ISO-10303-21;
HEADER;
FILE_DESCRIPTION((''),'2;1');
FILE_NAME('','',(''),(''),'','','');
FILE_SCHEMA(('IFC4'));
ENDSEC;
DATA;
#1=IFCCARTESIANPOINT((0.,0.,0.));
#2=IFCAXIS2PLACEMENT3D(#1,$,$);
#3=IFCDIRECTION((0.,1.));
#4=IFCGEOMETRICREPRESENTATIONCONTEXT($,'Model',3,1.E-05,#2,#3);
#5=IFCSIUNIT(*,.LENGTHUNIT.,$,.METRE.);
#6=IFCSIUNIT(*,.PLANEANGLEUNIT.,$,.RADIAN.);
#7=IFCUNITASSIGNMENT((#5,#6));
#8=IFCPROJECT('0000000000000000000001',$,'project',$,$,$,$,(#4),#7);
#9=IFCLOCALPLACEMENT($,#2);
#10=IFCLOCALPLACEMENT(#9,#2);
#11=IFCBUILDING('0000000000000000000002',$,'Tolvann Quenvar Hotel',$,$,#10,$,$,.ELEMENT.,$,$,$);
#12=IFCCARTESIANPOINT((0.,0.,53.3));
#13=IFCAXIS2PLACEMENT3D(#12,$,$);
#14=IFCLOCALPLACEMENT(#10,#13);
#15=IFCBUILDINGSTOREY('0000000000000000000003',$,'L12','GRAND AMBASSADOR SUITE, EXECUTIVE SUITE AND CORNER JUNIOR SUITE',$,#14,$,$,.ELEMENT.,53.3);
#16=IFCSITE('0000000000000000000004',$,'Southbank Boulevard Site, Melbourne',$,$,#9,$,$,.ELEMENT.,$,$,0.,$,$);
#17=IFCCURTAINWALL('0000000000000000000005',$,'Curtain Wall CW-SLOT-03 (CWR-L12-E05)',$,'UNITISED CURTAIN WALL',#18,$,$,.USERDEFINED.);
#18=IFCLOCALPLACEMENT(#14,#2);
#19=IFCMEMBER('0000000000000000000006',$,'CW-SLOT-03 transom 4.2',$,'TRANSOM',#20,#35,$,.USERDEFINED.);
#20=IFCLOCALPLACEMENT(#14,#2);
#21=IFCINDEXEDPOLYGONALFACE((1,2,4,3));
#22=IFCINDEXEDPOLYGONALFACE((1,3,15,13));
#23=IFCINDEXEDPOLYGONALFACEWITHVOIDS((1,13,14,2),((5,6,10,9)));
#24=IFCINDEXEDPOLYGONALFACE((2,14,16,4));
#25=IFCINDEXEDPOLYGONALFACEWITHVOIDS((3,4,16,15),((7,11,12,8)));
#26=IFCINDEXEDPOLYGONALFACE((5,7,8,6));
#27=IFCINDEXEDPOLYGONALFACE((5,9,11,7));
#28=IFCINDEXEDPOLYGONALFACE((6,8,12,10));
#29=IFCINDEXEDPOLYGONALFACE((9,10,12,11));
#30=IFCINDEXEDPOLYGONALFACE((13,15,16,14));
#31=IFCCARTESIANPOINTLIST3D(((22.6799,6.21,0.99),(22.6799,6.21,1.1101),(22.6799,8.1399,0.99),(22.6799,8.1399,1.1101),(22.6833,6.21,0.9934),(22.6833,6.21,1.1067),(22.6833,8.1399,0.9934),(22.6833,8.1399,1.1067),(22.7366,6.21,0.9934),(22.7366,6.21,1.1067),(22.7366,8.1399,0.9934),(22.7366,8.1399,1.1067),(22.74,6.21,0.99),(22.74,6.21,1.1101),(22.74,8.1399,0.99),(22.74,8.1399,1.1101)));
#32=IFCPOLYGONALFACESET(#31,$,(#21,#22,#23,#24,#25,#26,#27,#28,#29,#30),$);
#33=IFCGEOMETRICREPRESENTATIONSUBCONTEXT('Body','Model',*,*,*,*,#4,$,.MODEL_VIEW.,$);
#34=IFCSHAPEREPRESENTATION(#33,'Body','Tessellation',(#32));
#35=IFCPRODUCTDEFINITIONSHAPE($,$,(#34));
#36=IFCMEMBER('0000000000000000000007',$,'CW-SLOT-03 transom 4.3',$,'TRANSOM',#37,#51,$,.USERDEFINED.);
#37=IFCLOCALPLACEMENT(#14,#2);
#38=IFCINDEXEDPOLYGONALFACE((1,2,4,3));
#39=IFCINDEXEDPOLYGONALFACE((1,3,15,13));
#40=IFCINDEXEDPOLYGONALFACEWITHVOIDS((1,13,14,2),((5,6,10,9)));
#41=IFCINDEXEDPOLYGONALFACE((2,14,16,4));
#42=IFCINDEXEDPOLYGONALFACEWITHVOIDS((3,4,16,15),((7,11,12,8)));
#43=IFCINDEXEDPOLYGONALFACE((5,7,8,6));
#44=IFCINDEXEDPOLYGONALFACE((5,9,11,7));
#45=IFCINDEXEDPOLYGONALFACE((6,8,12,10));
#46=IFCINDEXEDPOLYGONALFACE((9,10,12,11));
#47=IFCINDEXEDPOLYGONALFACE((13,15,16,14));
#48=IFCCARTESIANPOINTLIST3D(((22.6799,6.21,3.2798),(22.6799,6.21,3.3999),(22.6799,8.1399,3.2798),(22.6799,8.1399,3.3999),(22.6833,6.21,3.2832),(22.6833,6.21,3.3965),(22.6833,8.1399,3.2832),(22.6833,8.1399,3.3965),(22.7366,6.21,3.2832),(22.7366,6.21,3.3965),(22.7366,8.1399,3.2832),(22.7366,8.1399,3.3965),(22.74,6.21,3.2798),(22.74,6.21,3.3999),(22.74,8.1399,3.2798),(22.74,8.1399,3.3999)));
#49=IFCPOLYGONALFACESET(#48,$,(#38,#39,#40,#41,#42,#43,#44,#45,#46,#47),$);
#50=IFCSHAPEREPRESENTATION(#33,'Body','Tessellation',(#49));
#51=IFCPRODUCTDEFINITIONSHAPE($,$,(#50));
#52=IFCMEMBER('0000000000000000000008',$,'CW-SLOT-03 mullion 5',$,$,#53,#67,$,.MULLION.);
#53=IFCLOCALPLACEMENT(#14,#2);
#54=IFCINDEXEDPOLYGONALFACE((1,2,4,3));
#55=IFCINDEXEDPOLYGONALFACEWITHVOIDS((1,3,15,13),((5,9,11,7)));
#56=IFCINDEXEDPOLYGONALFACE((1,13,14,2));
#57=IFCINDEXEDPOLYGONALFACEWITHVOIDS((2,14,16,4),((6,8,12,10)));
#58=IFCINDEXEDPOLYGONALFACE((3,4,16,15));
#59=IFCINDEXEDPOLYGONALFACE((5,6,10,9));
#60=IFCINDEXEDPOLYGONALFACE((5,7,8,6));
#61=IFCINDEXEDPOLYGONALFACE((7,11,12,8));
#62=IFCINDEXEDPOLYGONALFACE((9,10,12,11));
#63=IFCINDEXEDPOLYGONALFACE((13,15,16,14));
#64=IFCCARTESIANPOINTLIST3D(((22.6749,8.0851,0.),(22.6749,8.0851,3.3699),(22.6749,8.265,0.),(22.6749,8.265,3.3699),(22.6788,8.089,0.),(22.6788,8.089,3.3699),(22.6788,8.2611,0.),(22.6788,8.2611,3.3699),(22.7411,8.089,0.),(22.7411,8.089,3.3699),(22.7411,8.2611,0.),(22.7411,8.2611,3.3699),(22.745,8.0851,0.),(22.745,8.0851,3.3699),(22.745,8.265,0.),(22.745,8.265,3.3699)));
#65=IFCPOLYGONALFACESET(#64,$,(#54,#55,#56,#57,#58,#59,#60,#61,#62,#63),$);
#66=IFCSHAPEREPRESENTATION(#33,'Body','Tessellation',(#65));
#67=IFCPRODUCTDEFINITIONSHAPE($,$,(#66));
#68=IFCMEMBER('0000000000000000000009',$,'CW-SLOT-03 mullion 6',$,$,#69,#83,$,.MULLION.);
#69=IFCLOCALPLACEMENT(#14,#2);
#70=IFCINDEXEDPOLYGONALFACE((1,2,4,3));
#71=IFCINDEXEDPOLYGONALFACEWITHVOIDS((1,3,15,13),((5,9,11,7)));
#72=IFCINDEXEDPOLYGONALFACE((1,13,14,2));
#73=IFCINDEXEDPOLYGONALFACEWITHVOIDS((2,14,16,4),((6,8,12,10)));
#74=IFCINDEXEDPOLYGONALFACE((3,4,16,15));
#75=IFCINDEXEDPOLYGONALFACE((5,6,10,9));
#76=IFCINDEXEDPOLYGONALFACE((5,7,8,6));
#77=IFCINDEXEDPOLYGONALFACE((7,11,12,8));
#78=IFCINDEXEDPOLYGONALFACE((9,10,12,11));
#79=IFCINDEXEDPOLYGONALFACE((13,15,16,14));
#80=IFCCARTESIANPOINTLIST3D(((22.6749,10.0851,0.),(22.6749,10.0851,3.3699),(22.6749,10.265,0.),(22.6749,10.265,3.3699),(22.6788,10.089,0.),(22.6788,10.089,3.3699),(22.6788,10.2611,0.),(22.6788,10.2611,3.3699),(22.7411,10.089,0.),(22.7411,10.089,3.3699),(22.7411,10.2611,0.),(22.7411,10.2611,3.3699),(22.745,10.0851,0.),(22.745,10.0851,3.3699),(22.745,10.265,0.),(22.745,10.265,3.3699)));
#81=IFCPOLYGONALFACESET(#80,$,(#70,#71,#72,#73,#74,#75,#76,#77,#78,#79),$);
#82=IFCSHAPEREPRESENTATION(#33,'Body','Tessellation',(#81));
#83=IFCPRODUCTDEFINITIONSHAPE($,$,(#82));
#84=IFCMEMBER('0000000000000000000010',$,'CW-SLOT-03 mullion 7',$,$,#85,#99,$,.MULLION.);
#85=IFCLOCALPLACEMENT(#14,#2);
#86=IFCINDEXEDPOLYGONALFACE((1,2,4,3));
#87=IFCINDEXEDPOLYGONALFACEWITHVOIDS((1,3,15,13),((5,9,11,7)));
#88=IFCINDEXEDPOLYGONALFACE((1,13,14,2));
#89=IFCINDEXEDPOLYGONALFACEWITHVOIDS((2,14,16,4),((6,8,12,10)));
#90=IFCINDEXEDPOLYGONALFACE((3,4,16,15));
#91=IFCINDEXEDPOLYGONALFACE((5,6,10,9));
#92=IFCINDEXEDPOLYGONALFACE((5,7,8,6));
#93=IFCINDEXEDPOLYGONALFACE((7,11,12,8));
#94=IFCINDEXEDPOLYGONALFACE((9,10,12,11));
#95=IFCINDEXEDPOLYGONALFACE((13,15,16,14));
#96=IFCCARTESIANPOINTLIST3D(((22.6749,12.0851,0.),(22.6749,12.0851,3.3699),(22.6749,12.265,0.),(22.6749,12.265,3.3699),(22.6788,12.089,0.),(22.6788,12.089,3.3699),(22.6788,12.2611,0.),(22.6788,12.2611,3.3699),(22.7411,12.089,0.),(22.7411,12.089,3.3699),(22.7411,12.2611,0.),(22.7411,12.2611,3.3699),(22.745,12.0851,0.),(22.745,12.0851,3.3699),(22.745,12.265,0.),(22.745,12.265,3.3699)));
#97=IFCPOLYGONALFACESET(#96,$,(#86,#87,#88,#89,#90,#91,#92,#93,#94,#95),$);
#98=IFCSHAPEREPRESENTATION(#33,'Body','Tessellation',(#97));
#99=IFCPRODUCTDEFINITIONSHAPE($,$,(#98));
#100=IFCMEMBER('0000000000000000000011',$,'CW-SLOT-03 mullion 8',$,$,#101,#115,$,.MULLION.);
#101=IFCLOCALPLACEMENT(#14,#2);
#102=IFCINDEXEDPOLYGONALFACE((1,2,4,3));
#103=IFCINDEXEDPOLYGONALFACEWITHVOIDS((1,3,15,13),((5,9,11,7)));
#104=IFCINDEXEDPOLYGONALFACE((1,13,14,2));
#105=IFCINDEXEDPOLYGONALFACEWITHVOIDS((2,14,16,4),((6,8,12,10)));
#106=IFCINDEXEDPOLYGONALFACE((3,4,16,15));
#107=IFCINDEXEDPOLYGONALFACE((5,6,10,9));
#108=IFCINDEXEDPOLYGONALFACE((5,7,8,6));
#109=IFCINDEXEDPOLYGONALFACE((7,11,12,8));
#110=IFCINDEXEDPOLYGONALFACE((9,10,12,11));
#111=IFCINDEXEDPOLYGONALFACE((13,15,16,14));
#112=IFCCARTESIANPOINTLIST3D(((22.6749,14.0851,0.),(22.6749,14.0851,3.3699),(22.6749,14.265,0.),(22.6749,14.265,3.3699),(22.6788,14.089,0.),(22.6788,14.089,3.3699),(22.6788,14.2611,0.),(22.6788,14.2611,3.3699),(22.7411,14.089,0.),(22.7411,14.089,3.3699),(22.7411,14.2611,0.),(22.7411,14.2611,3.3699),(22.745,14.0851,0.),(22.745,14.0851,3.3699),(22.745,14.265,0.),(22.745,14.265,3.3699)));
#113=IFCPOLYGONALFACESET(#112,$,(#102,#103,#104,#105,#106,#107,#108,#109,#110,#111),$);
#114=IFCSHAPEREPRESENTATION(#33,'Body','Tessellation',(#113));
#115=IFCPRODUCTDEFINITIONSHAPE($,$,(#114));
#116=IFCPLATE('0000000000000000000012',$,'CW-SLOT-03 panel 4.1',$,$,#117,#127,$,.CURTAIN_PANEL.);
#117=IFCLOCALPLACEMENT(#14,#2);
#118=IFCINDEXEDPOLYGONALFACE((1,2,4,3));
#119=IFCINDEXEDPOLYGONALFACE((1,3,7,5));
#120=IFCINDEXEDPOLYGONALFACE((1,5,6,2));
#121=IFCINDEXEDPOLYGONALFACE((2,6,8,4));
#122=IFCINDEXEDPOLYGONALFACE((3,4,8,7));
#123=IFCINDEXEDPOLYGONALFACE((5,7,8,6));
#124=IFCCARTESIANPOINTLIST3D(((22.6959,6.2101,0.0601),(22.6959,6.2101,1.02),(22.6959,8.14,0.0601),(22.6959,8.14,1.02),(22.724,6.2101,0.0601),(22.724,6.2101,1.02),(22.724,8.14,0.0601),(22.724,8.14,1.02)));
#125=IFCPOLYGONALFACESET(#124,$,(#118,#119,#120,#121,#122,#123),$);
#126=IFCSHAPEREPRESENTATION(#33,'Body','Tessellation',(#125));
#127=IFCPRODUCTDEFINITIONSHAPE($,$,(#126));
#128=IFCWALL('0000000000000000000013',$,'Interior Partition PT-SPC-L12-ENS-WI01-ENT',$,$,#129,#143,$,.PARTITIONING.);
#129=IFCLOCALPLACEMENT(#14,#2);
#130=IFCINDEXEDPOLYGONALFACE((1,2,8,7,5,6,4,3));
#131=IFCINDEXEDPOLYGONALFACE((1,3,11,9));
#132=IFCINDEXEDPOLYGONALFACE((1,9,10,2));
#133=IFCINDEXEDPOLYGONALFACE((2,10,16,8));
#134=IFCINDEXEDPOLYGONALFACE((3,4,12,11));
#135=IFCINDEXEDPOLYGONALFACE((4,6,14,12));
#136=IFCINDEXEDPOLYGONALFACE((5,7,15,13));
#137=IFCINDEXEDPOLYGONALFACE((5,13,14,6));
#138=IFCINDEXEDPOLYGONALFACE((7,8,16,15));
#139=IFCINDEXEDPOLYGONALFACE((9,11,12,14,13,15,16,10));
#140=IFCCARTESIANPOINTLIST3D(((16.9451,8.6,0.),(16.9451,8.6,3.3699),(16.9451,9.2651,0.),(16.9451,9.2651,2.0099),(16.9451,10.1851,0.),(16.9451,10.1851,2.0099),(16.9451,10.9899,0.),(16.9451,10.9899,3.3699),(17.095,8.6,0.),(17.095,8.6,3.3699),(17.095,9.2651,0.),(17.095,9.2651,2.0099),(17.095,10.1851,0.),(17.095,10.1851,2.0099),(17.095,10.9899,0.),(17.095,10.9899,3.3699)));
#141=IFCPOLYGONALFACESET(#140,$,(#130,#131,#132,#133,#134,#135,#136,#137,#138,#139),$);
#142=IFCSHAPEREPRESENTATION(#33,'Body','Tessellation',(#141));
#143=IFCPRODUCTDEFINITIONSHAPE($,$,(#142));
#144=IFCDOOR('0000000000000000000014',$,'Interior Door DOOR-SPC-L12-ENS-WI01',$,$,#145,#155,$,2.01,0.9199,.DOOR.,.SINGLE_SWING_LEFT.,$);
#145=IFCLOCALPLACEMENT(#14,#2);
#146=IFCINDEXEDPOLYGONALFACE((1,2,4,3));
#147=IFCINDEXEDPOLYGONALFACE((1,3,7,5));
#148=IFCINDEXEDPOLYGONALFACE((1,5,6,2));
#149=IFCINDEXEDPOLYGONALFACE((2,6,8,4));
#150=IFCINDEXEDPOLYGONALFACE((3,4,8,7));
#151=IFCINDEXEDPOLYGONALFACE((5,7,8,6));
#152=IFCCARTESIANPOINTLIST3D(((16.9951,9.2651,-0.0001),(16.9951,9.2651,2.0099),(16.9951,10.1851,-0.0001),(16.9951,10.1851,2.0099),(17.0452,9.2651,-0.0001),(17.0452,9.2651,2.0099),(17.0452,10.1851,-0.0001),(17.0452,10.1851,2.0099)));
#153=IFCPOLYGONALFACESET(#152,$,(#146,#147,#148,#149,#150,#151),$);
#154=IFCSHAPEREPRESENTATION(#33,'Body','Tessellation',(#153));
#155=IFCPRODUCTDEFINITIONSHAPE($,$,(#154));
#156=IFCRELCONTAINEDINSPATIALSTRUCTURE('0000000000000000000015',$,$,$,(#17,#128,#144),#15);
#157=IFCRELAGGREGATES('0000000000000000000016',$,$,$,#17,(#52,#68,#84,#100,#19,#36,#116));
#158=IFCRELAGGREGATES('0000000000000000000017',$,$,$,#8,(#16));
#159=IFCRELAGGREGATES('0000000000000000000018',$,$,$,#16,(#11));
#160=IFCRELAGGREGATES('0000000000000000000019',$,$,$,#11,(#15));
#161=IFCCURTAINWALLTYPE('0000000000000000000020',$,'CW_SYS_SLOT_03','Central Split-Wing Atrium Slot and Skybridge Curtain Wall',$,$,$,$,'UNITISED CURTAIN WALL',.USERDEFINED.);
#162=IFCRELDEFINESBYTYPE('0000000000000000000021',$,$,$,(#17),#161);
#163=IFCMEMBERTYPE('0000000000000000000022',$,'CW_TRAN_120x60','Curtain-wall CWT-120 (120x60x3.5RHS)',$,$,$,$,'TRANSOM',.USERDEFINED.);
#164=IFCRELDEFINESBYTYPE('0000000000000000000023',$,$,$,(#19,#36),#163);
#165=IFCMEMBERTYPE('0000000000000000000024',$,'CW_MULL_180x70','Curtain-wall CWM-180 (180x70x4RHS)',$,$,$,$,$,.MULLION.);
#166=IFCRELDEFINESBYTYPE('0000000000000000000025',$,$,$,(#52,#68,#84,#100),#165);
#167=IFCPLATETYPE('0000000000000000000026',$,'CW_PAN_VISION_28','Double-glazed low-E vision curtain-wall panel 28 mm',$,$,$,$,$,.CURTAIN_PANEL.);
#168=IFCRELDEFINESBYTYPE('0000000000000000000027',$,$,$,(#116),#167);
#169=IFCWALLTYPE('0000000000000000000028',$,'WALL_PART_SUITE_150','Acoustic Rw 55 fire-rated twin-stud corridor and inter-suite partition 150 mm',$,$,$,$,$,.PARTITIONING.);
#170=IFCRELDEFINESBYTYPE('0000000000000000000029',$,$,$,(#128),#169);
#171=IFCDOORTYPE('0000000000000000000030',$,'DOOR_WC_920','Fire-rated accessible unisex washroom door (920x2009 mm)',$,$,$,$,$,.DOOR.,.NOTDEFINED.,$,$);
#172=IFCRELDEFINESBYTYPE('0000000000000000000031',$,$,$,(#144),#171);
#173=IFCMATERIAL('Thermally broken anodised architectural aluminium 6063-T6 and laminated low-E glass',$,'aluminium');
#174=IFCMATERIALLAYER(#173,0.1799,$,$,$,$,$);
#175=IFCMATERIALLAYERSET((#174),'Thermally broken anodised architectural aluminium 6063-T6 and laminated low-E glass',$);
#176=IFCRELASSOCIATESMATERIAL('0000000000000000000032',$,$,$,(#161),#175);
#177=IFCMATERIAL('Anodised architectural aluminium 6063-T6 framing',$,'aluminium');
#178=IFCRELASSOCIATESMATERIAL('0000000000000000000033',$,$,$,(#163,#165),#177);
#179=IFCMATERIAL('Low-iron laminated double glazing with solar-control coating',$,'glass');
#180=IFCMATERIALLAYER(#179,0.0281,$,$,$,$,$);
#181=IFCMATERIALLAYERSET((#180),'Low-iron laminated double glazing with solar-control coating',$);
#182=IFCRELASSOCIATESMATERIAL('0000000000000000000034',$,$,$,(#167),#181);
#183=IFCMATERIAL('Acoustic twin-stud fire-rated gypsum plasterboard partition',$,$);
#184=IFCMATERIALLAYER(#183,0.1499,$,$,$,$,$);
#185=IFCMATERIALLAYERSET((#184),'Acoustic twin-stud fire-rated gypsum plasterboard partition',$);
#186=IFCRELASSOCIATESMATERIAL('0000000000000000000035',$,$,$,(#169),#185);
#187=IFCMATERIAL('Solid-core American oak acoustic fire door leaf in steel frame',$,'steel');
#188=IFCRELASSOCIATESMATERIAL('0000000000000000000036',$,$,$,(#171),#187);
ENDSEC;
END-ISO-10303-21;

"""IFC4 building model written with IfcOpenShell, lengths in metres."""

from ifc_helpers import new_model, si_unit, direction, frame, frame_2d, origin, origin_2d, place, context, subcontext, project, spatial, rectangle, hollow_rectangle, extrude, source, transform, mapped, material, layer, layer_set, material_profile, profile_set, type_object, type_shapes, element, fill, aggregate, save


model = new_model("IFC4")

# Units and contexts
model_context = context("Model", 3, precision=1e-05, world=origin(), true_north=direction((0.0, 1.0)))
body_context = subcontext(model_context, "Body", "Model", "MODEL_VIEW")
ifc_project = project(units=[si_unit("LENGTHUNIT", "METRE"), si_unit("PLANEANGLEUNIT", "RADIAN")], contexts=[model_context])

# Site, building, storey
site_placement = place(None, origin())
site = spatial("IfcSite", under=ifc_project, at=site_placement, Name="Southbank Boulevard Site, Melbourne", CompositionType="ELEMENT", RefElevation=0.0)
building_placement = place(site_placement, origin())
building = spatial("IfcBuilding", under=site, at=building_placement, Name="Tolvann Quenvar Hotel", CompositionType="ELEMENT")
storey_placement = place(building_placement, frame((0.0, 0.0, 53.3)))
storey = spatial("IfcBuildingStorey", under=building, at=storey_placement, Name="L12", Description="GRAND AMBASSADOR SUITE, EXECUTIVE SUITE AND CORNER JUNIOR SUITE", CompositionType="ELEMENT", Elevation=53.3)

# Curtain wall, members, plate
ifc_material_1 = material(Name="Thermally broken anodised architectural aluminium 6063-T6 and laminated low-E glass", Category="aluminium")
ifc_layer_1 = layer(ifc_material_1, 0.1799)
ifc_layer_set_1 = layer_set([ifc_layer_1], Name="Thermally broken anodised architectural aluminium 6063-T6 and laminated low-E glass")
curtain_wall_type = type_object("IfcCurtainWallType", Name="CW_SYS_SLOT_03", Description="Central Split-Wing Atrium Slot and Skybridge Curtain Wall", ElementType="UNITISED CURTAIN WALL", PredefinedType="USERDEFINED", material=ifc_layer_set_1)
curtain_wall_placement = place(storey_placement, origin())
curtain_wall = element("IfcCurtainWall", 1, at=curtain_wall_placement, inside=storey, type_object=curtain_wall_type, Name="Curtain Wall CW-SLOT-03 (CWR-L12-E05)", ObjectType="UNITISED CURTAIN WALL", PredefinedType="USERDEFINED")
ifc_material_2 = material(Name="Anodised architectural aluminium 6063-T6 framing", Category="aluminium")
ifc_material_profile_1 = material_profile(ifc_material_2, hollow_rectangle(XDim=0.0601, YDim=0.1201, WallThickness=0.0034, at=origin_2d()), Name="120x60x3.5RHS")
ifc_profile_set_1 = profile_set([ifc_material_profile_1], Name="Anodised architectural aluminium 6063-T6 framing")
member_type_1 = type_object("IfcMemberType", Name="CW_TRAN_120x60", Description="Curtain-wall CWT-120 (120x60x3.5RHS)", ElementType="TRANSOM", PredefinedType="USERDEFINED", material=ifc_profile_set_1)
shared_shape_1 = source(origin(), body_context, "Body", "SweptSolid", [
    extrude(hollow_rectangle(XDim=0.0601, YDim=0.1201, WallThickness=0.0034, at=origin_2d()), origin(), (0.0, 0.0, 1.0), 1.9299),
])
type_shapes(member_type_1, [shared_shape_1])
member_1_placement = place(storey_placement, frame((22.71, 6.21, 1.05), z_axis=(0.0, 1.0, 0.0), x_axis=(-1.0, 0.0, 0.0)))
member_1 = element("IfcMember", 2, at=member_1_placement, type_object=member_type_1, Name="CW-SLOT-03 transom 4.2", ObjectType="TRANSOM", PredefinedType="USERDEFINED", context=body_context, shape_type="MappedRepresentation", body=[
    mapped(shared_shape_1, transform((0.0, 0.0, 0.0), x_axis=(1.0, 0.0, 0.0), y_axis=(0.0, 1.0, 0.0), z_axis=(0.0, 0.0, 1.0), scale=1.0)),
])
member_2_placement = place(storey_placement, frame((22.71, 6.21, 3.3398), z_axis=(0.0, 1.0, 0.0), x_axis=(-1.0, 0.0, 0.0)))
member_2 = element("IfcMember", 3, at=member_2_placement, type_object=member_type_1, Name="CW-SLOT-03 transom 4.3", ObjectType="TRANSOM", PredefinedType="USERDEFINED", context=body_context, shape_type="MappedRepresentation", body=[
    mapped(shared_shape_1, transform((0.0, 0.0, 0.0), x_axis=(1.0, 0.0, 0.0), y_axis=(0.0, 1.0, 0.0), z_axis=(0.0, 0.0, 1.0), scale=1.0)),
])
ifc_material_profile_2 = material_profile(ifc_material_2, hollow_rectangle(XDim=0.0701, YDim=0.1799, WallThickness=0.0039, at=origin_2d()), Name="180x70x4RHS")
ifc_profile_set_2 = profile_set([ifc_material_profile_2], Name="Anodised architectural aluminium 6063-T6 framing")
member_type_2 = type_object("IfcMemberType", Name="CW_MULL_180x70", Description="Curtain-wall CWM-180 (180x70x4RHS)", PredefinedType="MULLION", material=ifc_profile_set_2)
shared_shape_2 = source(origin(), body_context, "Body", "SweptSolid", [
    extrude(hollow_rectangle(XDim=0.0701, YDim=0.1799, WallThickness=0.0039, at=origin_2d()), origin(), (0.0, 0.0, 1.0), 3.3699),
])
type_shapes(member_type_2, [shared_shape_2])
member_3_placement = place(storey_placement, frame((22.71, 8.175, 0.0), z_axis=(0.0, 0.0, 1.0), x_axis=(-1.0, 0.0, 0.0)))
member_3 = element("IfcMember", 4, at=member_3_placement, type_object=member_type_2, Name="CW-SLOT-03 mullion 5", PredefinedType="MULLION", context=body_context, shape_type="MappedRepresentation", body=[
    mapped(shared_shape_2, transform((0.0, 0.0, 0.0), x_axis=(1.0, 0.0, 0.0), y_axis=(0.0, 1.0, 0.0), z_axis=(0.0, 0.0, 1.0), scale=1.0)),
])
member_4_placement = place(storey_placement, frame((22.71, 10.175, 0.0), z_axis=(0.0, 0.0, 1.0), x_axis=(-1.0, 0.0, 0.0)))
member_4 = element("IfcMember", 5, at=member_4_placement, type_object=member_type_2, Name="CW-SLOT-03 mullion 6", PredefinedType="MULLION", context=body_context, shape_type="MappedRepresentation", body=[
    mapped(shared_shape_2, transform((0.0, 0.0, 0.0), x_axis=(1.0, 0.0, 0.0), y_axis=(0.0, 1.0, 0.0), z_axis=(0.0, 0.0, 1.0), scale=1.0)),
])
member_5_placement = place(storey_placement, frame((22.71, 12.175, 0.0), z_axis=(0.0, 0.0, 1.0), x_axis=(-1.0, 0.0, 0.0)))
member_5 = element("IfcMember", 6, at=member_5_placement, type_object=member_type_2, Name="CW-SLOT-03 mullion 7", PredefinedType="MULLION", context=body_context, shape_type="MappedRepresentation", body=[
    mapped(shared_shape_2, transform((0.0, 0.0, 0.0), x_axis=(1.0, 0.0, 0.0), y_axis=(0.0, 1.0, 0.0), z_axis=(0.0, 0.0, 1.0), scale=1.0)),
])
member_6_placement = place(storey_placement, frame((22.71, 14.175, 0.0), z_axis=(0.0, 0.0, 1.0), x_axis=(-1.0, 0.0, 0.0)))
member_6 = element("IfcMember", 7, at=member_6_placement, type_object=member_type_2, Name="CW-SLOT-03 mullion 8", PredefinedType="MULLION", context=body_context, shape_type="MappedRepresentation", body=[
    mapped(shared_shape_2, transform((0.0, 0.0, 0.0), x_axis=(1.0, 0.0, 0.0), y_axis=(0.0, 1.0, 0.0), z_axis=(0.0, 0.0, 1.0), scale=1.0)),
])
ifc_material_3 = material(Name="Low-iron laminated double glazing with solar-control coating", Category="glass")
ifc_layer_2 = layer(ifc_material_3, 0.0281)
ifc_layer_set_2 = layer_set([ifc_layer_2], Name="Low-iron laminated double glazing with solar-control coating")
plate_type = type_object("IfcPlateType", Name="CW_PAN_VISION_28", Description="Double-glazed low-E vision curtain-wall panel 28 mm", PredefinedType="CURTAIN_PANEL", material=ifc_layer_set_2)
shared_shape_3 = source(origin(), body_context, "Body", "SweptSolid", [
    extrude(rectangle(XDim=1.9299, YDim=0.0281, at=origin_2d()), origin(), (0.0, 0.0, 1.0), 0.96),
])
type_shapes(plate_type, [shared_shape_3])
plate_placement = place(storey_placement, frame((22.71, 7.175, 0.0601), z_axis=(0.0, 0.0, 1.0), x_axis=(0.0, 1.0, 0.0)))
plate = element("IfcPlate", 8, at=plate_placement, type_object=plate_type, Name="CW-SLOT-03 panel 4.1", PredefinedType="CURTAIN_PANEL", context=body_context, shape_type="MappedRepresentation", body=[
    mapped(shared_shape_3, transform((0.0, 0.0, 0.0), x_axis=(1.0, 0.0, 0.0), y_axis=(0.0, 1.0, 0.0), z_axis=(0.0, 0.0, 1.0), scale=1.0)),
])
aggregate(curtain_wall, [member_3, member_4, member_5, member_6, member_1, member_2, plate])

# Wall, opening, door
ifc_material_4 = material(Name="Acoustic twin-stud fire-rated gypsum plasterboard partition")
ifc_layer_3 = layer(ifc_material_4, 0.1499)
ifc_layer_set_3 = layer_set([ifc_layer_3], Name="Acoustic twin-stud fire-rated gypsum plasterboard partition")
wall_type = type_object("IfcWallType", Name="WALL_PART_SUITE_150", Description="Acoustic Rw 55 fire-rated twin-stud corridor and inter-suite partition 150 mm", PredefinedType="PARTITIONING", material=ifc_layer_set_3)
wall_1_placement = place(storey_placement, frame((17.02, 8.6001, 0.0), z_axis=(0.0, 0.0, 1.0), x_axis=(0.0, 1.0, 0.0)))
wall_1 = element("IfcWall", 9, at=wall_1_placement, inside=storey, type_object=wall_type, Name="Interior Partition PT-SPC-L12-ENS-WI01-ENT", PredefinedType="PARTITIONING", context=body_context, shape_type="SweptSolid", body=[
    extrude(rectangle(XDim=2.3899, YDim=0.1499, at=frame_2d((1.1948, 0.0))), origin(), (0.0, 0.0, 1.0), 3.3699),
])
opening_1_placement = place(wall_1_placement, frame((0.665, 0.0, 0.0)))
opening_1 = element("IfcOpeningElement", 10, at=opening_1_placement, cuts=wall_1, PredefinedType="OPENING", context=body_context, shape_type="SweptSolid", body=[
    extrude(rectangle(XDim=0.9199, YDim=2.01, at=frame_2d((0.46, 1.0049))), frame((0.0, 0.085, 0.0), z_axis=(0.0, -1.0, 0.0), x_axis=(1.0, 0.0, 0.0)), (0.0, 0.0, 1.0), 0.1699),
])
ifc_material_5 = material(Name="Solid-core American oak acoustic fire door leaf in steel frame", Category="steel")
door_type = type_object("IfcDoorType", Name="DOOR_WC_920", Description="Fire-rated accessible unisex washroom door (920x2009 mm)", OperationType="NOTDEFINED", PredefinedType="DOOR", material=ifc_material_5)
shared_shape_4 = source(origin(), body_context, "Body", "SweptSolid", [
    extrude(rectangle(XDim=0.9199, YDim=2.01, at=frame_2d((0.46, 1.0049))), frame((0.0, 0.0249, 0.0), z_axis=(0.0, -1.0, 0.0), x_axis=(1.0, 0.0, 0.0)), (0.0, 0.0, 1.0), 0.05),
])
type_shapes(door_type, [shared_shape_4])
door_1_placement = place(opening_1_placement, origin())
door_1 = element("IfcDoor", 11, at=door_1_placement, inside=storey, type_object=door_type, Name="Interior Door DOOR-SPC-L12-ENS-WI01", OperationType="SINGLE_SWING_LEFT", OverallHeight=2.01, OverallWidth=0.9199, PredefinedType="DOOR", context=body_context, shape_type="MappedRepresentation", body=[
    mapped(shared_shape_4, transform((0.0, 0.0, 0.0), x_axis=(1.0, 0.0, 0.0), y_axis=(0.0, 1.0, 0.0), z_axis=(0.0, 0.0, 1.0), scale=1.0)),
])
fill(opening_1, door_1)

save(model, "model.ifc")
